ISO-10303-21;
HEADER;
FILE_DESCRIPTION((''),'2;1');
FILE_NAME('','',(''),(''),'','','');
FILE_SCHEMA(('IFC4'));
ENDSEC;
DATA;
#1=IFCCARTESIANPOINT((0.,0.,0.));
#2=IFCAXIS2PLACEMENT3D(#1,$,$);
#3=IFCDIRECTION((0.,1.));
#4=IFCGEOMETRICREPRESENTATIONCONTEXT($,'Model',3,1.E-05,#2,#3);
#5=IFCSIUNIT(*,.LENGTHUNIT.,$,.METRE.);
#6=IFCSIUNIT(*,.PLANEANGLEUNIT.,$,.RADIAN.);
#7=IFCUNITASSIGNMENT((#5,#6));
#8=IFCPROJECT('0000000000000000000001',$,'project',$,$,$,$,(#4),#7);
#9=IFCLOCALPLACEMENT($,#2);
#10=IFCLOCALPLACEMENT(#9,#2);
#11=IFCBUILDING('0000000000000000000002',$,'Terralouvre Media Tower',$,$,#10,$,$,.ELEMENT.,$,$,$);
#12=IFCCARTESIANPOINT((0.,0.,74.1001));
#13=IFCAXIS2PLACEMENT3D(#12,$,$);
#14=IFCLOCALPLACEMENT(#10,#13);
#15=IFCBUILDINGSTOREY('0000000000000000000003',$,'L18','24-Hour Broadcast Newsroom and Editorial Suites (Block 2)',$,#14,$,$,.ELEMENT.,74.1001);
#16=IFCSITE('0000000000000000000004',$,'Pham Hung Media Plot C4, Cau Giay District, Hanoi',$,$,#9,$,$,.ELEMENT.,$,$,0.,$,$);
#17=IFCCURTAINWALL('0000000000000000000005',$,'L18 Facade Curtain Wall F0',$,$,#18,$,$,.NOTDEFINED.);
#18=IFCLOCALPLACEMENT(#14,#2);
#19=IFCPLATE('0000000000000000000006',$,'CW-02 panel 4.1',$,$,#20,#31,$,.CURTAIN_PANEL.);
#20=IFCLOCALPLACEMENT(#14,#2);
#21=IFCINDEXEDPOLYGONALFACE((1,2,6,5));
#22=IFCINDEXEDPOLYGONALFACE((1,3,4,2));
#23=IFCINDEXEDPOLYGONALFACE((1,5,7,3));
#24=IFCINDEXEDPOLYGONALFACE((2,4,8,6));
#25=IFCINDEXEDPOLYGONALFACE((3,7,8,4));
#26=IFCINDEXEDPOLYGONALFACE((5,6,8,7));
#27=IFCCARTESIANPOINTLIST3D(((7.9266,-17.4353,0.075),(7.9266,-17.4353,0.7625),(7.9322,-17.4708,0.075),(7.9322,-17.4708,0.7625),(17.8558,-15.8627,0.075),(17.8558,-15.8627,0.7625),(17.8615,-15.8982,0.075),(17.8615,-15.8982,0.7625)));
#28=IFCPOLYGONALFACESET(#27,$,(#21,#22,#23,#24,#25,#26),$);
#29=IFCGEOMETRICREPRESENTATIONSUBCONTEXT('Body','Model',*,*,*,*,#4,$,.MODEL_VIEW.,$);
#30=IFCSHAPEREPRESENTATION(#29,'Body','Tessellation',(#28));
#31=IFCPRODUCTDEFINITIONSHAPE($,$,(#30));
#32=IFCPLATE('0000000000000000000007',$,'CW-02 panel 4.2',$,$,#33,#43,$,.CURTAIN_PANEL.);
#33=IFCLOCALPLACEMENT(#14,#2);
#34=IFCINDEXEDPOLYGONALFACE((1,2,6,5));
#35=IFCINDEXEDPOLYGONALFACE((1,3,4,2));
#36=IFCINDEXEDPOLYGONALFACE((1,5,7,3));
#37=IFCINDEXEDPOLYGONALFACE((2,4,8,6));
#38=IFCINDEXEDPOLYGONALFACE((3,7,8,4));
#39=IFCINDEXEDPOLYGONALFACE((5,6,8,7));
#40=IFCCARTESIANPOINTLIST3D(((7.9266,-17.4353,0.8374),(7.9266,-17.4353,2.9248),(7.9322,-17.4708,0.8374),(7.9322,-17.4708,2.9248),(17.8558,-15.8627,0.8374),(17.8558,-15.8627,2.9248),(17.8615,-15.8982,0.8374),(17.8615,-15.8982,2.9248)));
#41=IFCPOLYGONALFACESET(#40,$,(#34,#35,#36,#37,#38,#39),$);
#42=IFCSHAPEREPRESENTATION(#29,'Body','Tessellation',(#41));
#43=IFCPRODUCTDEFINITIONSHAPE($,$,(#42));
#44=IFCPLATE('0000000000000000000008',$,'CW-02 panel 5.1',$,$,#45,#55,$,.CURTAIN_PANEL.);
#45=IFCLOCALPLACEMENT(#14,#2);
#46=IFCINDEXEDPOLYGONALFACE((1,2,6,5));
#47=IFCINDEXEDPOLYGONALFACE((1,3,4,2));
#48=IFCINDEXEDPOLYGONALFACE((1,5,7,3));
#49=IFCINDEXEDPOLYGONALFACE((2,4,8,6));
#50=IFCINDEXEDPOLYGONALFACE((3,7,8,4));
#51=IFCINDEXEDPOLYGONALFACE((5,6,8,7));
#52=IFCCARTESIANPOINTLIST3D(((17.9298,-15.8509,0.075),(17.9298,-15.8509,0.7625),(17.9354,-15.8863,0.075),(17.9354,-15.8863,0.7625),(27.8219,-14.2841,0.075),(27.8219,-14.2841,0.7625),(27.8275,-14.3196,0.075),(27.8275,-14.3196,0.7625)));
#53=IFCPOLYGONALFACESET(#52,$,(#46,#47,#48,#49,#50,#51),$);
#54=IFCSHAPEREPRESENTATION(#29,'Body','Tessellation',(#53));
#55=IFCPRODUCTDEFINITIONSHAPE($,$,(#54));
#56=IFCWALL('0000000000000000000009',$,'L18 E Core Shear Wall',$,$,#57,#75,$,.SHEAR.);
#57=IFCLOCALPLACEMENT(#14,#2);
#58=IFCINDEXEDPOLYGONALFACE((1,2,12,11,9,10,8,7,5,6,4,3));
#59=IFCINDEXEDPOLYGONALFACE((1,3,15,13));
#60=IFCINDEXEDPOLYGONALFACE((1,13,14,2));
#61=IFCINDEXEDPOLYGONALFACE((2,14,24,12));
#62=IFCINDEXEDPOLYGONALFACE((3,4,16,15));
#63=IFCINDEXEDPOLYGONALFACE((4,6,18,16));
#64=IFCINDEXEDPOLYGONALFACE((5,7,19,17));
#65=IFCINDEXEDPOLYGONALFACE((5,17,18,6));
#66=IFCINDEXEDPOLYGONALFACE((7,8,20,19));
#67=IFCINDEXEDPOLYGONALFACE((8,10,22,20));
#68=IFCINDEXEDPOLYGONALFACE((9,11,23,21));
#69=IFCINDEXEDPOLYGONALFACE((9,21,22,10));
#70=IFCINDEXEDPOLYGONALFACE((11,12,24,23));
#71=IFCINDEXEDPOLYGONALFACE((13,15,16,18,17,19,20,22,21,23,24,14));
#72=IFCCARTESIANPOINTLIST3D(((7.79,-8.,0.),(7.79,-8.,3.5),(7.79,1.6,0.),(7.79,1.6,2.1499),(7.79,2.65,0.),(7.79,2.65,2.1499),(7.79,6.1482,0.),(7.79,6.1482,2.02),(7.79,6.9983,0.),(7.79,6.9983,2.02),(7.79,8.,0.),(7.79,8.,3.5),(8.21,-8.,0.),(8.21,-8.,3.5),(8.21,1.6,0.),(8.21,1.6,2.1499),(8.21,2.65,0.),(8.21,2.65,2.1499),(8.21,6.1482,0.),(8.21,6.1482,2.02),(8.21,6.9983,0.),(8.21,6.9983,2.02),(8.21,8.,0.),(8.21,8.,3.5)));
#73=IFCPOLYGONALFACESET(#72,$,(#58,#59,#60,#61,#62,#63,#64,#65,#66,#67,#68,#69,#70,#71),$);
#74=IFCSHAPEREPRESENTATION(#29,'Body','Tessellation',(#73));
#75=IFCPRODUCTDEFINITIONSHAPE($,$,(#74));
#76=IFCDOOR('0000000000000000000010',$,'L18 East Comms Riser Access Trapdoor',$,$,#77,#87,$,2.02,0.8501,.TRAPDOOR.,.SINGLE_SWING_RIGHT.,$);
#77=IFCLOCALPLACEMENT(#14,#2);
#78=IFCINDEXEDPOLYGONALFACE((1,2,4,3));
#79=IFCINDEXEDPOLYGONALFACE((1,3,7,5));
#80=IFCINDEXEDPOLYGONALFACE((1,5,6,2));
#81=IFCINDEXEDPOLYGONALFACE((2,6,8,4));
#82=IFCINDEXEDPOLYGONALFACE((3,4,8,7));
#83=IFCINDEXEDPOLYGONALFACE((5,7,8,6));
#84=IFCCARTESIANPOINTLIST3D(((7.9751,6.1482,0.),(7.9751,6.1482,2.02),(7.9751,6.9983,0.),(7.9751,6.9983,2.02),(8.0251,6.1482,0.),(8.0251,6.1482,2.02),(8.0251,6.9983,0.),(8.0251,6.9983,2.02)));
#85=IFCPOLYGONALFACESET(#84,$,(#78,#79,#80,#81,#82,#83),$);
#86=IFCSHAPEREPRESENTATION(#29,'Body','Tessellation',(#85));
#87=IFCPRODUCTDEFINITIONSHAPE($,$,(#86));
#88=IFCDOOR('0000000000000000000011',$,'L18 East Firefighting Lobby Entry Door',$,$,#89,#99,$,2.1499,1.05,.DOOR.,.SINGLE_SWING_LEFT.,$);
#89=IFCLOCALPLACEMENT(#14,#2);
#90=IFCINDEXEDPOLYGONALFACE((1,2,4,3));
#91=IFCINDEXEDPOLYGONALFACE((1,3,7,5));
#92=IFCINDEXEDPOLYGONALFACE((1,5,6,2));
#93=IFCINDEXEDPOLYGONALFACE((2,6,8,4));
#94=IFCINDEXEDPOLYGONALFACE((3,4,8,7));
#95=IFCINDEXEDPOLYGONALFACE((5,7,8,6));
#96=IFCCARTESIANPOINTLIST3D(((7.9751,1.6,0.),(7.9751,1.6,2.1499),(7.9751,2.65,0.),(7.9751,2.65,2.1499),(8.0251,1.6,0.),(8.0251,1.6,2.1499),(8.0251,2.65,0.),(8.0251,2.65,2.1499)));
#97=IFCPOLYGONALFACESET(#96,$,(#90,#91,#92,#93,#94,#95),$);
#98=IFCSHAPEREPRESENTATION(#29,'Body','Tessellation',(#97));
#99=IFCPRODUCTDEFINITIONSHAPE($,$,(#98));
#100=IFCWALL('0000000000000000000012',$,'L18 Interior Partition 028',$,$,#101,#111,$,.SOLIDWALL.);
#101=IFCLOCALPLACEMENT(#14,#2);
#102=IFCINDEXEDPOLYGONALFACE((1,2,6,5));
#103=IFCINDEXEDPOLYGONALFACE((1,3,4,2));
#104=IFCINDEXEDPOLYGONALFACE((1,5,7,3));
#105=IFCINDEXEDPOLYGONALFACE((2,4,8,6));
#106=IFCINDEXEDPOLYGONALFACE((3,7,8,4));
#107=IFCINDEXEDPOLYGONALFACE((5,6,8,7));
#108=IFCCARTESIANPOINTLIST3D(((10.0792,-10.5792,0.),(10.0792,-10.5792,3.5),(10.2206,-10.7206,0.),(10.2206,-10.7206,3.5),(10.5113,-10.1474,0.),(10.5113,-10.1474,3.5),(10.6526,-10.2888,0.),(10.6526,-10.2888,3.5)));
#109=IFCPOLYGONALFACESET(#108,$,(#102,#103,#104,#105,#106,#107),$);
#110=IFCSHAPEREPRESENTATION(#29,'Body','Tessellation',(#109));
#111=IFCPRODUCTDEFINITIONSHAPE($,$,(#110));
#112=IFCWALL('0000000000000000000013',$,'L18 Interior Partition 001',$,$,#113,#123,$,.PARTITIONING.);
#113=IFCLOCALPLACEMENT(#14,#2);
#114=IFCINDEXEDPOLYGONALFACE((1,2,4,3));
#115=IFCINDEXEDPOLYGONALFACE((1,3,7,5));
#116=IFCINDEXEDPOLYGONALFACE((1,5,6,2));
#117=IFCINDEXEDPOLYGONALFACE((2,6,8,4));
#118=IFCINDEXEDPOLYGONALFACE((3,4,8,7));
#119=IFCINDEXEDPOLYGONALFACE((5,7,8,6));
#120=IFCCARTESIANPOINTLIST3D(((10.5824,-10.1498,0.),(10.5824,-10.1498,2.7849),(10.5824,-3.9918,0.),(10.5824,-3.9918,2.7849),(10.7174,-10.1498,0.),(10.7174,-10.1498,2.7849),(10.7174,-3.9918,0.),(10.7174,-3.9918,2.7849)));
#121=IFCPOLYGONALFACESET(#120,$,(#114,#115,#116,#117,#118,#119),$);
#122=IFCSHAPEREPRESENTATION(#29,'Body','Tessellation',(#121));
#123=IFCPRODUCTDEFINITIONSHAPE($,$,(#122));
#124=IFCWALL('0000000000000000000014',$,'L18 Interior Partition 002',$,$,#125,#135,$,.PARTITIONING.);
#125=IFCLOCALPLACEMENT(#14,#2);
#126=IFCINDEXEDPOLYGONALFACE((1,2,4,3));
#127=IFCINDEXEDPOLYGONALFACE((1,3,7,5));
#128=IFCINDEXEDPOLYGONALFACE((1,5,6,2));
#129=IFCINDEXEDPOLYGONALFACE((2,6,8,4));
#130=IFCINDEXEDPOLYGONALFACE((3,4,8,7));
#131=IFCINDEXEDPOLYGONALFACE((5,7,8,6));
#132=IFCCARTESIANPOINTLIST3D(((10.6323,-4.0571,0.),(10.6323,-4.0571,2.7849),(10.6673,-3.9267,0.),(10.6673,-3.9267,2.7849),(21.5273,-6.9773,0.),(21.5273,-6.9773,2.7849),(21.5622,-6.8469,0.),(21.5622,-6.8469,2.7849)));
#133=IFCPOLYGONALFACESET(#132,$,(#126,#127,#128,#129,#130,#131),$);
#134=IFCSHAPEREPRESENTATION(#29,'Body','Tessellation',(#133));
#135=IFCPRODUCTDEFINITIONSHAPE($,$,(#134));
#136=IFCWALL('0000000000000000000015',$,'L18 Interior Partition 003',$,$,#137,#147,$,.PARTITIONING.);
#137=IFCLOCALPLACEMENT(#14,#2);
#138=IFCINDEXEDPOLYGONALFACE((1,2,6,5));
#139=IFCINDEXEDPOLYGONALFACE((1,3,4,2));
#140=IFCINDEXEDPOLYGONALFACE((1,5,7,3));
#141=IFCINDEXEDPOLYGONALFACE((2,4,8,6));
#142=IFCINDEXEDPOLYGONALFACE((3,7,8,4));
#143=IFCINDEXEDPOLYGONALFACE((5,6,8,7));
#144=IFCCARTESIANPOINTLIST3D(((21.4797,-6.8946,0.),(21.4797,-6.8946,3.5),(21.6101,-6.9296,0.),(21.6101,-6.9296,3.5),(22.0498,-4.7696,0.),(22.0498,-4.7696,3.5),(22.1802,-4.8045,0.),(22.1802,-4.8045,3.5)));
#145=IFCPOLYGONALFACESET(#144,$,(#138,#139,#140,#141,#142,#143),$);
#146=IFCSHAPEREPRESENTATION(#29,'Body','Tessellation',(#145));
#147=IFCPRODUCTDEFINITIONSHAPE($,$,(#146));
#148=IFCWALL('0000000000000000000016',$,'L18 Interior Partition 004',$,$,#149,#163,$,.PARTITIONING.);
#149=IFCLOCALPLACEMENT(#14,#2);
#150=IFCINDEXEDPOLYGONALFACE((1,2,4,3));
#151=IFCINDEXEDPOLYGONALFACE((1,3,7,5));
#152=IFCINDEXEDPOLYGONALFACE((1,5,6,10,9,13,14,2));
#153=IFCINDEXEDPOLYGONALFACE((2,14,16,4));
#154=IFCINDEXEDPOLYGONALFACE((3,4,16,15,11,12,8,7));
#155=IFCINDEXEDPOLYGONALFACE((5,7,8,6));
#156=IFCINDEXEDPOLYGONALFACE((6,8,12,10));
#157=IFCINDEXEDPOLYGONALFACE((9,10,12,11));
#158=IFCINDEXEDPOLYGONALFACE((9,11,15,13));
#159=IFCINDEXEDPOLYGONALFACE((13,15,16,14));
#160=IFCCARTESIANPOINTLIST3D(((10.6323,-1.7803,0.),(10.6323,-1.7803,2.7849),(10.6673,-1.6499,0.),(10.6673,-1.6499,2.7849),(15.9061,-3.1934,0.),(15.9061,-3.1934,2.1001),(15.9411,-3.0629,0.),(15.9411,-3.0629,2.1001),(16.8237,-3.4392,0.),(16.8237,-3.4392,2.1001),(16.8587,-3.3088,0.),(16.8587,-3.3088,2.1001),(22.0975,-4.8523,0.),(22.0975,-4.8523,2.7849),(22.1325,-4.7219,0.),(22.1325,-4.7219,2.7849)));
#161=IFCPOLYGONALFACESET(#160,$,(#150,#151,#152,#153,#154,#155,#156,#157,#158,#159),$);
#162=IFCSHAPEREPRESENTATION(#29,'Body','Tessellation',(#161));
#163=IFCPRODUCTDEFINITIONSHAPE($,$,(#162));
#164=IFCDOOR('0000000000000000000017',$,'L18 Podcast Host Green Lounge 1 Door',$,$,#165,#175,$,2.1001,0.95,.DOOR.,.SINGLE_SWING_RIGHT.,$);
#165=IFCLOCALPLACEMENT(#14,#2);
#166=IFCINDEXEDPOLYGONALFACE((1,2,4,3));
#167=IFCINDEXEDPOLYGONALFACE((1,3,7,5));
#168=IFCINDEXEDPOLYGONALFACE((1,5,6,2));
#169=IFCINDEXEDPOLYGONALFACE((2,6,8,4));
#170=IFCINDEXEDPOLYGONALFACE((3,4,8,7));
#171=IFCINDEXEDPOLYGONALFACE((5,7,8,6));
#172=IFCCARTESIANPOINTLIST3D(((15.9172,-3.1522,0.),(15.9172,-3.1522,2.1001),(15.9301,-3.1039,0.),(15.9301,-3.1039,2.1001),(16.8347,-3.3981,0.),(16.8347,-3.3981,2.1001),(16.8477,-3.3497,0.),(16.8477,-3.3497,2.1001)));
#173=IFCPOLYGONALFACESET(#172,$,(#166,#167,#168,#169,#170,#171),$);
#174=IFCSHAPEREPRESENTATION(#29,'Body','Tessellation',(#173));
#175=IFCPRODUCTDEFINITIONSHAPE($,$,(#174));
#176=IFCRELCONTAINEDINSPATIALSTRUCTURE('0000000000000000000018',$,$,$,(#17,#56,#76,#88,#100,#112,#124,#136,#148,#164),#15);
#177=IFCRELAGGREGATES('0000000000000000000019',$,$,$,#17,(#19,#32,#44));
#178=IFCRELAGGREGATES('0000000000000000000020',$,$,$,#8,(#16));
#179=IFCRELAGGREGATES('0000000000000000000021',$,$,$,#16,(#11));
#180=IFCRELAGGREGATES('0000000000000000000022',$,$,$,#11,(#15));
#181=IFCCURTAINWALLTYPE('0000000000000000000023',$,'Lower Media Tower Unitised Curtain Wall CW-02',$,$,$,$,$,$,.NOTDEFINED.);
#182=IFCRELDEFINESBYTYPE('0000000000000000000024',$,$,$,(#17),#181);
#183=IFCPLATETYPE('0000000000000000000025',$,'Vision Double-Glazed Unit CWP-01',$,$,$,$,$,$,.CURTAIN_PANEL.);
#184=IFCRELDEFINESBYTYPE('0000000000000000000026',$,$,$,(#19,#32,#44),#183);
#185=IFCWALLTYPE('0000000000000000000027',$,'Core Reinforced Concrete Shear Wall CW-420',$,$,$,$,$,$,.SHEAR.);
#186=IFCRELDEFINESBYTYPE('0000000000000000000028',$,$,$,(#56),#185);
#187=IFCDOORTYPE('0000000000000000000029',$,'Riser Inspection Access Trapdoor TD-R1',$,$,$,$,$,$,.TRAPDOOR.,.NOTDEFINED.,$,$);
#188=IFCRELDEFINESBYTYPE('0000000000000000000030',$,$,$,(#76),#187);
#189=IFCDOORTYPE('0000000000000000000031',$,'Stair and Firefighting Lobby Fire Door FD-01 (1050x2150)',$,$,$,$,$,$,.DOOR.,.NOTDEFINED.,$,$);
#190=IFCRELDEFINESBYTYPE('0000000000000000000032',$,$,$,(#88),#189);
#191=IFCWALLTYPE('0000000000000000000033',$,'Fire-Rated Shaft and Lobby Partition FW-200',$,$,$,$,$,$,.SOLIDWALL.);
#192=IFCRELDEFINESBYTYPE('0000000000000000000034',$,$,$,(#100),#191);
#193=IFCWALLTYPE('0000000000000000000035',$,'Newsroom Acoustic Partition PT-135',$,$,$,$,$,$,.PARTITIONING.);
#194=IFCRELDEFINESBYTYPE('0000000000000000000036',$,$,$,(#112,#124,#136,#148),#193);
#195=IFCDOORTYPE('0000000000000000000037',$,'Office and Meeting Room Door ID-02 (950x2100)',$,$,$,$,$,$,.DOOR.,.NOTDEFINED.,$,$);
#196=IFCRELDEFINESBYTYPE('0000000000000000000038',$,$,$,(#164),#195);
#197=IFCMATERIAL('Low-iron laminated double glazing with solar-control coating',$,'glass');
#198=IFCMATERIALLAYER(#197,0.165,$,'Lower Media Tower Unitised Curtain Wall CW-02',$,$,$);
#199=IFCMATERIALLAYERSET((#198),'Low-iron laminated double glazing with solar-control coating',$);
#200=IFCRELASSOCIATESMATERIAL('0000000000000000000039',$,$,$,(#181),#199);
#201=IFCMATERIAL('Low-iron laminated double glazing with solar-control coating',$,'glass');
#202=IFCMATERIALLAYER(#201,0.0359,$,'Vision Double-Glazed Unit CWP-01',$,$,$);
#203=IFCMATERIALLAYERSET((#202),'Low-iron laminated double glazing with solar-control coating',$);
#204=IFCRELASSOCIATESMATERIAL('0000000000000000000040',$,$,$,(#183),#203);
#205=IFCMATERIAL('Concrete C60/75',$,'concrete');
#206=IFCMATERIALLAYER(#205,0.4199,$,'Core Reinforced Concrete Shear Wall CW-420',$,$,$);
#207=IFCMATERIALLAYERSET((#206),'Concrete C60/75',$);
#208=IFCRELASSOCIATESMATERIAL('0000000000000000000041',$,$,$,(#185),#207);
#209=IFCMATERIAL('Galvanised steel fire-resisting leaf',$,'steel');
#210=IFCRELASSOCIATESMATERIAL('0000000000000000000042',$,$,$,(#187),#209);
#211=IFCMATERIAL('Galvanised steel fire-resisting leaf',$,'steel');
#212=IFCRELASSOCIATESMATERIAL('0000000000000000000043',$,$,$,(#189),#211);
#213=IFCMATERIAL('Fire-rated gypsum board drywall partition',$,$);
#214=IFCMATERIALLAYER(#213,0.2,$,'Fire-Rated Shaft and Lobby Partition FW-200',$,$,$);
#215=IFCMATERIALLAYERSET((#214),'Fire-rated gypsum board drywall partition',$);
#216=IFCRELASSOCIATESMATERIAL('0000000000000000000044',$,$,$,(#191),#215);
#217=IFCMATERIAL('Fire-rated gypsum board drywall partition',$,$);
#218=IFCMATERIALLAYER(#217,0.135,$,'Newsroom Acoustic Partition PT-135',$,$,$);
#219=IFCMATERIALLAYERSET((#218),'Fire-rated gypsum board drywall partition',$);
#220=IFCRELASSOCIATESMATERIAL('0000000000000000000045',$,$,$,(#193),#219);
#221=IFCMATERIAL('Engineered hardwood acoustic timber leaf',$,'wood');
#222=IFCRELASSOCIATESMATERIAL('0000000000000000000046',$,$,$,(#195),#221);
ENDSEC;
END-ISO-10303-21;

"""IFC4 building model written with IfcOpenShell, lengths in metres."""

from ifc_helpers import new_model, si_unit, direction, frame, frame_2d, origin, origin_2d, place, context, subcontext, project, spatial, rectangle, extrude, material, layer, layer_set, type_object, element, fill, aggregate, save


model = new_model("IFC4")

# Units and contexts
model_context = context("Model", 3, precision=1e-05, world=origin(), true_north=direction((0.0, 1.0)))
body_context = subcontext(model_context, "Body", "Model", "MODEL_VIEW")
ifc_project = project(units=[si_unit("LENGTHUNIT", "METRE"), si_unit("PLANEANGLEUNIT", "RADIAN")], contexts=[model_context])

# Site, building, storey
site_placement = place(None, origin())
site = spatial("IfcSite", under=ifc_project, at=site_placement, Name="Pham Hung Media Plot C4, Cau Giay District, Hanoi", CompositionType="ELEMENT", RefElevation=0.0)
building_placement = place(site_placement, origin())
building = spatial("IfcBuilding", under=site, at=building_placement, Name="Terralouvre Media Tower", CompositionType="ELEMENT")
storey_placement = place(building_placement, frame((0.0, 0.0, 74.1001)))
storey = spatial("IfcBuildingStorey", under=building, at=storey_placement, Name="L18", Description="24-Hour Broadcast Newsroom and Editorial Suites (Block 2)", CompositionType="ELEMENT", Elevation=74.1001)

# Curtain wall
ifc_material_1 = material(Name="Low-iron laminated double glazing with solar-control coating", Category="glass")
ifc_layer_1 = layer(ifc_material_1, 0.165, Name="Lower Media Tower Unitised Curtain Wall CW-02")
ifc_layer_set_1 = layer_set([ifc_layer_1], Name="Low-iron laminated double glazing with solar-control coating")
curtain_wall_type = type_object("IfcCurtainWallType", Name="Lower Media Tower Unitised Curtain Wall CW-02", PredefinedType="NOTDEFINED", material=ifc_layer_set_1)
curtain_wall_placement = place(storey_placement, origin())
curtain_wall = element("IfcCurtainWall", 1, at=curtain_wall_placement, inside=storey, type_object=curtain_wall_type, Name="L18 Facade Curtain Wall F0", PredefinedType="NOTDEFINED")

# Plates
ifc_material_2 = material(Name="Low-iron laminated double glazing with solar-control coating", Category="glass")
ifc_layer_2 = layer(ifc_material_2, 0.0359, Name="Vision Double-Glazed Unit CWP-01")
ifc_layer_set_2 = layer_set([ifc_layer_2], Name="Low-iron laminated double glazing with solar-control coating")
plate_type = type_object("IfcPlateType", Name="Vision Double-Glazed Unit CWP-01", PredefinedType="CURTAIN_PANEL", material=ifc_layer_set_2)
plate_1_placement = place(storey_placement, frame((12.894, -16.6667, 0.075), z_axis=(0.0, 0.0, 1.0), x_axis=(0.987688, 0.156434, 0.0)))
plate_1 = element("IfcPlate", 2, at=plate_1_placement, type_object=plate_type, Name="CW-02 panel 4.1", PredefinedType="CURTAIN_PANEL", context=body_context, shape_type="SweptSolid", body=[
    extrude(rectangle(XDim=10.053, YDim=0.0359, at=origin_2d()), origin(), (0.0, 0.0, 1.0), 0.6875),
])
plate_2_placement = place(storey_placement, frame((12.894, -16.6667, 0.8374), z_axis=(0.0, 0.0, 1.0), x_axis=(0.987688, 0.156434, 0.0)))
plate_2 = element("IfcPlate", 3, at=plate_2_placement, type_object=plate_type, Name="CW-02 panel 4.2", PredefinedType="CURTAIN_PANEL", context=body_context, shape_type="SweptSolid", body=[
    extrude(rectangle(XDim=10.053, YDim=0.0359, at=origin_2d()), origin(), (0.0, 0.0, 1.0), 2.0874),
])
plate_3_placement = place(storey_placement, frame((22.8787, -15.0852, 0.075), z_axis=(0.0, 0.0, 1.0), x_axis=(0.987688, 0.156434, 0.0)))
plate_3 = element("IfcPlate", 4, at=plate_3_placement, type_object=plate_type, Name="CW-02 panel 5.1", PredefinedType="CURTAIN_PANEL", context=body_context, shape_type="SweptSolid", body=[
    extrude(rectangle(XDim=10.0154, YDim=0.0359, at=origin_2d()), origin(), (0.0, 0.0, 1.0), 0.6875),
])
aggregate(curtain_wall, [plate_1, plate_2, plate_3])

# Wall, openings, doors
ifc_material_3 = material(Name="Concrete C60/75", Category="concrete")
ifc_layer_3 = layer(ifc_material_3, 0.4199, Name="Core Reinforced Concrete Shear Wall CW-420")
ifc_layer_set_3 = layer_set([ifc_layer_3], Name="Concrete C60/75")
wall_type_1 = type_object("IfcWallType", Name="Core Reinforced Concrete Shear Wall CW-420", PredefinedType="SHEAR", material=ifc_layer_set_3)
wall_1_placement = place(storey_placement, frame((8.0, -8.0, 0.0), z_axis=(0.0, 0.0, 1.0), x_axis=(0.0, 1.0, 0.0)))
wall_1 = element("IfcWall", 5, at=wall_1_placement, inside=storey, type_object=wall_type_1, Name="L18 E Core Shear Wall", PredefinedType="SHEAR", context=body_context, shape_type="SweptSolid", body=[
    extrude(rectangle(XDim=16.0, YDim=0.4199, at=frame_2d((8.0, 0.0))), origin(), (0.0, 0.0, 1.0), 3.5),
])
opening_1_placement = place(wall_1_placement, frame((9.6001, 0.0, 0.0)))
opening_1 = element("IfcOpeningElement", 6, at=opening_1_placement, cuts=wall_1, PredefinedType="OPENING", context=body_context, shape_type="SweptSolid", body=[
    extrude(rectangle(XDim=1.05, YDim=2.1499, at=frame_2d((0.5249, 1.075))), frame((0.0, 0.22, 0.0), z_axis=(0.0, -1.0, 0.0), x_axis=(1.0, 0.0, 0.0)), (0.0, 0.0, 1.0), 0.4399),
])
opening_2_placement = place(wall_1_placement, frame((14.1482, 0.0, 0.0)))
opening_2 = element("IfcOpeningElement", 7, at=opening_2_placement, cuts=wall_1, PredefinedType="OPENING", context=body_context, shape_type="SweptSolid", body=[
    extrude(rectangle(XDim=0.8501, YDim=2.02, at=frame_2d((0.425, 1.01))), frame((0.0, 0.22, 0.0), z_axis=(0.0, -1.0, 0.0), x_axis=(1.0, 0.0, 0.0)), (0.0, 0.0, 1.0), 0.4399),
])
ifc_material_4 = material(Name="Galvanised steel fire-resisting leaf", Category="steel")
door_type_1 = type_object("IfcDoorType", Name="Riser Inspection Access Trapdoor TD-R1", OperationType="NOTDEFINED", PredefinedType="TRAPDOOR", material=ifc_material_4)
door_1_placement = place(opening_2_placement, origin())
door_1 = element("IfcDoor", 8, at=door_1_placement, inside=storey, type_object=door_type_1, Name="L18 East Comms Riser Access Trapdoor", OperationType="SINGLE_SWING_RIGHT", OverallHeight=2.02, OverallWidth=0.8501, PredefinedType="TRAPDOOR", context=body_context, shape_type="SweptSolid", body=[
    extrude(rectangle(XDim=0.8501, YDim=2.02, at=frame_2d((0.425, 1.01))), frame((0.0, 0.0249, 0.0), z_axis=(0.0, -1.0, 0.0), x_axis=(1.0, 0.0, 0.0)), (0.0, 0.0, 1.0), 0.05),
])
fill(opening_2, door_1)
ifc_material_5 = material(Name="Galvanised steel fire-resisting leaf", Category="steel")
door_type_2 = type_object("IfcDoorType", Name="Stair and Firefighting Lobby Fire Door FD-01 (1050x2150)", OperationType="NOTDEFINED", PredefinedType="DOOR", material=ifc_material_5)
door_2_placement = place(opening_1_placement, origin())
door_2 = element("IfcDoor", 9, at=door_2_placement, inside=storey, type_object=door_type_2, Name="L18 East Firefighting Lobby Entry Door", OperationType="SINGLE_SWING_LEFT", OverallHeight=2.1499, OverallWidth=1.05, PredefinedType="DOOR", context=body_context, shape_type="SweptSolid", body=[
    extrude(rectangle(XDim=1.05, YDim=2.1499, at=frame_2d((0.5249, 1.075))), frame((0.0, 0.0249, 0.0), z_axis=(0.0, -1.0, 0.0), x_axis=(1.0, 0.0, 0.0)), (0.0, 0.0, 1.0), 0.05),
])
fill(opening_1, door_2)

# Walls
ifc_material_6 = material(Name="Fire-rated gypsum board drywall partition")
ifc_layer_4 = layer(ifc_material_6, 0.2, Name="Fire-Rated Shaft and Lobby Partition FW-200")
ifc_layer_set_4 = layer_set([ifc_layer_4], Name="Fire-rated gypsum board drywall partition")
wall_type_2 = type_object("IfcWallType", Name="Fire-Rated Shaft and Lobby Partition FW-200", PredefinedType="SOLIDWALL", material=ifc_layer_set_4)
wall_2_placement = place(storey_placement, frame((10.1499, -10.6499, 0.0), z_axis=(0.0, 0.0, 1.0), x_axis=(0.707307, 0.706907, 0.0)))
element("IfcWall", 10, at=wall_2_placement, inside=storey, type_object=wall_type_2, Name="L18 Interior Partition 028", PredefinedType="SOLIDWALL", context=body_context, shape_type="SweptSolid", body=[
    extrude(rectangle(XDim=0.6108, YDim=0.2, at=frame_2d((0.3054, 0.0))), origin(), (0.0, 0.0, 1.0), 3.5),
])
ifc_material_7 = material(Name="Fire-rated gypsum board drywall partition")
ifc_layer_5 = layer(ifc_material_7, 0.135, Name="Newsroom Acoustic Partition PT-135")
ifc_layer_set_5 = layer_set([ifc_layer_5], Name="Fire-rated gypsum board drywall partition")
wall_type_3 = type_object("IfcWallType", Name="Newsroom Acoustic Partition PT-135", PredefinedType="PARTITIONING", material=ifc_layer_set_5)
wall_3_placement = place(storey_placement, frame((10.6499, -10.1499, 0.0), z_axis=(0.0, 0.0, 1.0), x_axis=(0.0, 1.0, 0.0)))
element("IfcWall", 11, at=wall_3_placement, inside=storey, type_object=wall_type_3, Name="L18 Interior Partition 001", PredefinedType="PARTITIONING", context=body_context, shape_type="SweptSolid", body=[
    extrude(rectangle(XDim=6.158, YDim=0.135, at=frame_2d((3.0791, 0.0))), origin(), (0.0, 0.0, 1.0), 2.7849),
])
wall_4_placement = place(storey_placement, frame((10.6499, -3.9919, 0.0), z_axis=(0.0, 0.0, 1.0), x_axis=(0.965907, -0.25889, 0.0)))
element("IfcWall", 12, at=wall_4_placement, inside=storey, type_object=wall_type_3, Name="L18 Interior Partition 002", PredefinedType="PARTITIONING", context=body_context, shape_type="SweptSolid", body=[
    extrude(rectangle(XDim=11.2795, YDim=0.135, at=frame_2d((5.6396, 0.0))), origin(), (0.0, 0.0, 1.0), 2.7849),
])
wall_5_placement = place(storey_placement, frame((21.5449, -6.9121, 0.0), z_axis=(0.0, 0.0, 1.0), x_axis=(0.259106, 0.965849, 0.0)))
element("IfcWall", 13, at=wall_5_placement, inside=storey, type_object=wall_type_3, Name="L18 Interior Partition 003", PredefinedType="PARTITIONING", context=body_context, shape_type="SweptSolid", body=[
    extrude(rectangle(XDim=2.2002, YDim=0.135, at=frame_2d((1.1001, 0.0))), origin(), (0.0, 0.0, 1.0), 3.5),
])

# Wall, opening, door
wall_6_placement = place(storey_placement, frame((22.115, -4.7871, 0.0), z_axis=(0.0, 0.0, 1.0), x_axis=(-0.965927, 0.258816, 0.0)))
wall_6 = element("IfcWall", 14, at=wall_6_placement, inside=storey, type_object=wall_type_3, Name="L18 Interior Partition 004", PredefinedType="PARTITIONING", context=body_context, shape_type="SweptSolid", body=[
    extrude(rectangle(XDim=11.8696, YDim=0.135, at=frame_2d((5.9348, 0.0))), origin(), (0.0, 0.0, 1.0), 2.7849),
])
opening_3_placement = place(wall_6_placement, frame((5.4597, 0.0, 0.0)))
opening_3 = element("IfcOpeningElement", 15, at=opening_3_placement, cuts=wall_6, PredefinedType="OPENING", context=body_context, shape_type="SweptSolid", body=[
    extrude(rectangle(XDim=0.95, YDim=2.1001, at=frame_2d((0.4751, 1.05))), frame((0.0, 0.0774, 0.0), z_axis=(0.0, -1.0, 0.0), x_axis=(1.0, 0.0, 0.0)), (0.0, 0.0, 1.0), 0.155),
])
ifc_material_8 = material(Name="Engineered hardwood acoustic timber leaf", Category="wood")
door_type_3 = type_object("IfcDoorType", Name="Office and Meeting Room Door ID-02 (950x2100)", OperationType="NOTDEFINED", PredefinedType="DOOR", material=ifc_material_8)
door_3_placement = place(opening_3_placement, origin())
door_3 = element("IfcDoor", 16, at=door_3_placement, inside=storey, type_object=door_type_3, Name="L18 Podcast Host Green Lounge 1 Door", OperationType="SINGLE_SWING_RIGHT", OverallHeight=2.1001, OverallWidth=0.95, PredefinedType="DOOR", context=body_context, shape_type="SweptSolid", body=[
    extrude(rectangle(XDim=0.95, YDim=2.1001, at=frame_2d((0.4751, 1.05))), frame((0.0, 0.0249, 0.0), z_axis=(0.0, -1.0, 0.0), x_axis=(1.0, 0.0, 0.0)), (0.0, 0.0, 1.0), 0.05),
])
fill(opening_3, door_3)

save(model, "model.ifc")
